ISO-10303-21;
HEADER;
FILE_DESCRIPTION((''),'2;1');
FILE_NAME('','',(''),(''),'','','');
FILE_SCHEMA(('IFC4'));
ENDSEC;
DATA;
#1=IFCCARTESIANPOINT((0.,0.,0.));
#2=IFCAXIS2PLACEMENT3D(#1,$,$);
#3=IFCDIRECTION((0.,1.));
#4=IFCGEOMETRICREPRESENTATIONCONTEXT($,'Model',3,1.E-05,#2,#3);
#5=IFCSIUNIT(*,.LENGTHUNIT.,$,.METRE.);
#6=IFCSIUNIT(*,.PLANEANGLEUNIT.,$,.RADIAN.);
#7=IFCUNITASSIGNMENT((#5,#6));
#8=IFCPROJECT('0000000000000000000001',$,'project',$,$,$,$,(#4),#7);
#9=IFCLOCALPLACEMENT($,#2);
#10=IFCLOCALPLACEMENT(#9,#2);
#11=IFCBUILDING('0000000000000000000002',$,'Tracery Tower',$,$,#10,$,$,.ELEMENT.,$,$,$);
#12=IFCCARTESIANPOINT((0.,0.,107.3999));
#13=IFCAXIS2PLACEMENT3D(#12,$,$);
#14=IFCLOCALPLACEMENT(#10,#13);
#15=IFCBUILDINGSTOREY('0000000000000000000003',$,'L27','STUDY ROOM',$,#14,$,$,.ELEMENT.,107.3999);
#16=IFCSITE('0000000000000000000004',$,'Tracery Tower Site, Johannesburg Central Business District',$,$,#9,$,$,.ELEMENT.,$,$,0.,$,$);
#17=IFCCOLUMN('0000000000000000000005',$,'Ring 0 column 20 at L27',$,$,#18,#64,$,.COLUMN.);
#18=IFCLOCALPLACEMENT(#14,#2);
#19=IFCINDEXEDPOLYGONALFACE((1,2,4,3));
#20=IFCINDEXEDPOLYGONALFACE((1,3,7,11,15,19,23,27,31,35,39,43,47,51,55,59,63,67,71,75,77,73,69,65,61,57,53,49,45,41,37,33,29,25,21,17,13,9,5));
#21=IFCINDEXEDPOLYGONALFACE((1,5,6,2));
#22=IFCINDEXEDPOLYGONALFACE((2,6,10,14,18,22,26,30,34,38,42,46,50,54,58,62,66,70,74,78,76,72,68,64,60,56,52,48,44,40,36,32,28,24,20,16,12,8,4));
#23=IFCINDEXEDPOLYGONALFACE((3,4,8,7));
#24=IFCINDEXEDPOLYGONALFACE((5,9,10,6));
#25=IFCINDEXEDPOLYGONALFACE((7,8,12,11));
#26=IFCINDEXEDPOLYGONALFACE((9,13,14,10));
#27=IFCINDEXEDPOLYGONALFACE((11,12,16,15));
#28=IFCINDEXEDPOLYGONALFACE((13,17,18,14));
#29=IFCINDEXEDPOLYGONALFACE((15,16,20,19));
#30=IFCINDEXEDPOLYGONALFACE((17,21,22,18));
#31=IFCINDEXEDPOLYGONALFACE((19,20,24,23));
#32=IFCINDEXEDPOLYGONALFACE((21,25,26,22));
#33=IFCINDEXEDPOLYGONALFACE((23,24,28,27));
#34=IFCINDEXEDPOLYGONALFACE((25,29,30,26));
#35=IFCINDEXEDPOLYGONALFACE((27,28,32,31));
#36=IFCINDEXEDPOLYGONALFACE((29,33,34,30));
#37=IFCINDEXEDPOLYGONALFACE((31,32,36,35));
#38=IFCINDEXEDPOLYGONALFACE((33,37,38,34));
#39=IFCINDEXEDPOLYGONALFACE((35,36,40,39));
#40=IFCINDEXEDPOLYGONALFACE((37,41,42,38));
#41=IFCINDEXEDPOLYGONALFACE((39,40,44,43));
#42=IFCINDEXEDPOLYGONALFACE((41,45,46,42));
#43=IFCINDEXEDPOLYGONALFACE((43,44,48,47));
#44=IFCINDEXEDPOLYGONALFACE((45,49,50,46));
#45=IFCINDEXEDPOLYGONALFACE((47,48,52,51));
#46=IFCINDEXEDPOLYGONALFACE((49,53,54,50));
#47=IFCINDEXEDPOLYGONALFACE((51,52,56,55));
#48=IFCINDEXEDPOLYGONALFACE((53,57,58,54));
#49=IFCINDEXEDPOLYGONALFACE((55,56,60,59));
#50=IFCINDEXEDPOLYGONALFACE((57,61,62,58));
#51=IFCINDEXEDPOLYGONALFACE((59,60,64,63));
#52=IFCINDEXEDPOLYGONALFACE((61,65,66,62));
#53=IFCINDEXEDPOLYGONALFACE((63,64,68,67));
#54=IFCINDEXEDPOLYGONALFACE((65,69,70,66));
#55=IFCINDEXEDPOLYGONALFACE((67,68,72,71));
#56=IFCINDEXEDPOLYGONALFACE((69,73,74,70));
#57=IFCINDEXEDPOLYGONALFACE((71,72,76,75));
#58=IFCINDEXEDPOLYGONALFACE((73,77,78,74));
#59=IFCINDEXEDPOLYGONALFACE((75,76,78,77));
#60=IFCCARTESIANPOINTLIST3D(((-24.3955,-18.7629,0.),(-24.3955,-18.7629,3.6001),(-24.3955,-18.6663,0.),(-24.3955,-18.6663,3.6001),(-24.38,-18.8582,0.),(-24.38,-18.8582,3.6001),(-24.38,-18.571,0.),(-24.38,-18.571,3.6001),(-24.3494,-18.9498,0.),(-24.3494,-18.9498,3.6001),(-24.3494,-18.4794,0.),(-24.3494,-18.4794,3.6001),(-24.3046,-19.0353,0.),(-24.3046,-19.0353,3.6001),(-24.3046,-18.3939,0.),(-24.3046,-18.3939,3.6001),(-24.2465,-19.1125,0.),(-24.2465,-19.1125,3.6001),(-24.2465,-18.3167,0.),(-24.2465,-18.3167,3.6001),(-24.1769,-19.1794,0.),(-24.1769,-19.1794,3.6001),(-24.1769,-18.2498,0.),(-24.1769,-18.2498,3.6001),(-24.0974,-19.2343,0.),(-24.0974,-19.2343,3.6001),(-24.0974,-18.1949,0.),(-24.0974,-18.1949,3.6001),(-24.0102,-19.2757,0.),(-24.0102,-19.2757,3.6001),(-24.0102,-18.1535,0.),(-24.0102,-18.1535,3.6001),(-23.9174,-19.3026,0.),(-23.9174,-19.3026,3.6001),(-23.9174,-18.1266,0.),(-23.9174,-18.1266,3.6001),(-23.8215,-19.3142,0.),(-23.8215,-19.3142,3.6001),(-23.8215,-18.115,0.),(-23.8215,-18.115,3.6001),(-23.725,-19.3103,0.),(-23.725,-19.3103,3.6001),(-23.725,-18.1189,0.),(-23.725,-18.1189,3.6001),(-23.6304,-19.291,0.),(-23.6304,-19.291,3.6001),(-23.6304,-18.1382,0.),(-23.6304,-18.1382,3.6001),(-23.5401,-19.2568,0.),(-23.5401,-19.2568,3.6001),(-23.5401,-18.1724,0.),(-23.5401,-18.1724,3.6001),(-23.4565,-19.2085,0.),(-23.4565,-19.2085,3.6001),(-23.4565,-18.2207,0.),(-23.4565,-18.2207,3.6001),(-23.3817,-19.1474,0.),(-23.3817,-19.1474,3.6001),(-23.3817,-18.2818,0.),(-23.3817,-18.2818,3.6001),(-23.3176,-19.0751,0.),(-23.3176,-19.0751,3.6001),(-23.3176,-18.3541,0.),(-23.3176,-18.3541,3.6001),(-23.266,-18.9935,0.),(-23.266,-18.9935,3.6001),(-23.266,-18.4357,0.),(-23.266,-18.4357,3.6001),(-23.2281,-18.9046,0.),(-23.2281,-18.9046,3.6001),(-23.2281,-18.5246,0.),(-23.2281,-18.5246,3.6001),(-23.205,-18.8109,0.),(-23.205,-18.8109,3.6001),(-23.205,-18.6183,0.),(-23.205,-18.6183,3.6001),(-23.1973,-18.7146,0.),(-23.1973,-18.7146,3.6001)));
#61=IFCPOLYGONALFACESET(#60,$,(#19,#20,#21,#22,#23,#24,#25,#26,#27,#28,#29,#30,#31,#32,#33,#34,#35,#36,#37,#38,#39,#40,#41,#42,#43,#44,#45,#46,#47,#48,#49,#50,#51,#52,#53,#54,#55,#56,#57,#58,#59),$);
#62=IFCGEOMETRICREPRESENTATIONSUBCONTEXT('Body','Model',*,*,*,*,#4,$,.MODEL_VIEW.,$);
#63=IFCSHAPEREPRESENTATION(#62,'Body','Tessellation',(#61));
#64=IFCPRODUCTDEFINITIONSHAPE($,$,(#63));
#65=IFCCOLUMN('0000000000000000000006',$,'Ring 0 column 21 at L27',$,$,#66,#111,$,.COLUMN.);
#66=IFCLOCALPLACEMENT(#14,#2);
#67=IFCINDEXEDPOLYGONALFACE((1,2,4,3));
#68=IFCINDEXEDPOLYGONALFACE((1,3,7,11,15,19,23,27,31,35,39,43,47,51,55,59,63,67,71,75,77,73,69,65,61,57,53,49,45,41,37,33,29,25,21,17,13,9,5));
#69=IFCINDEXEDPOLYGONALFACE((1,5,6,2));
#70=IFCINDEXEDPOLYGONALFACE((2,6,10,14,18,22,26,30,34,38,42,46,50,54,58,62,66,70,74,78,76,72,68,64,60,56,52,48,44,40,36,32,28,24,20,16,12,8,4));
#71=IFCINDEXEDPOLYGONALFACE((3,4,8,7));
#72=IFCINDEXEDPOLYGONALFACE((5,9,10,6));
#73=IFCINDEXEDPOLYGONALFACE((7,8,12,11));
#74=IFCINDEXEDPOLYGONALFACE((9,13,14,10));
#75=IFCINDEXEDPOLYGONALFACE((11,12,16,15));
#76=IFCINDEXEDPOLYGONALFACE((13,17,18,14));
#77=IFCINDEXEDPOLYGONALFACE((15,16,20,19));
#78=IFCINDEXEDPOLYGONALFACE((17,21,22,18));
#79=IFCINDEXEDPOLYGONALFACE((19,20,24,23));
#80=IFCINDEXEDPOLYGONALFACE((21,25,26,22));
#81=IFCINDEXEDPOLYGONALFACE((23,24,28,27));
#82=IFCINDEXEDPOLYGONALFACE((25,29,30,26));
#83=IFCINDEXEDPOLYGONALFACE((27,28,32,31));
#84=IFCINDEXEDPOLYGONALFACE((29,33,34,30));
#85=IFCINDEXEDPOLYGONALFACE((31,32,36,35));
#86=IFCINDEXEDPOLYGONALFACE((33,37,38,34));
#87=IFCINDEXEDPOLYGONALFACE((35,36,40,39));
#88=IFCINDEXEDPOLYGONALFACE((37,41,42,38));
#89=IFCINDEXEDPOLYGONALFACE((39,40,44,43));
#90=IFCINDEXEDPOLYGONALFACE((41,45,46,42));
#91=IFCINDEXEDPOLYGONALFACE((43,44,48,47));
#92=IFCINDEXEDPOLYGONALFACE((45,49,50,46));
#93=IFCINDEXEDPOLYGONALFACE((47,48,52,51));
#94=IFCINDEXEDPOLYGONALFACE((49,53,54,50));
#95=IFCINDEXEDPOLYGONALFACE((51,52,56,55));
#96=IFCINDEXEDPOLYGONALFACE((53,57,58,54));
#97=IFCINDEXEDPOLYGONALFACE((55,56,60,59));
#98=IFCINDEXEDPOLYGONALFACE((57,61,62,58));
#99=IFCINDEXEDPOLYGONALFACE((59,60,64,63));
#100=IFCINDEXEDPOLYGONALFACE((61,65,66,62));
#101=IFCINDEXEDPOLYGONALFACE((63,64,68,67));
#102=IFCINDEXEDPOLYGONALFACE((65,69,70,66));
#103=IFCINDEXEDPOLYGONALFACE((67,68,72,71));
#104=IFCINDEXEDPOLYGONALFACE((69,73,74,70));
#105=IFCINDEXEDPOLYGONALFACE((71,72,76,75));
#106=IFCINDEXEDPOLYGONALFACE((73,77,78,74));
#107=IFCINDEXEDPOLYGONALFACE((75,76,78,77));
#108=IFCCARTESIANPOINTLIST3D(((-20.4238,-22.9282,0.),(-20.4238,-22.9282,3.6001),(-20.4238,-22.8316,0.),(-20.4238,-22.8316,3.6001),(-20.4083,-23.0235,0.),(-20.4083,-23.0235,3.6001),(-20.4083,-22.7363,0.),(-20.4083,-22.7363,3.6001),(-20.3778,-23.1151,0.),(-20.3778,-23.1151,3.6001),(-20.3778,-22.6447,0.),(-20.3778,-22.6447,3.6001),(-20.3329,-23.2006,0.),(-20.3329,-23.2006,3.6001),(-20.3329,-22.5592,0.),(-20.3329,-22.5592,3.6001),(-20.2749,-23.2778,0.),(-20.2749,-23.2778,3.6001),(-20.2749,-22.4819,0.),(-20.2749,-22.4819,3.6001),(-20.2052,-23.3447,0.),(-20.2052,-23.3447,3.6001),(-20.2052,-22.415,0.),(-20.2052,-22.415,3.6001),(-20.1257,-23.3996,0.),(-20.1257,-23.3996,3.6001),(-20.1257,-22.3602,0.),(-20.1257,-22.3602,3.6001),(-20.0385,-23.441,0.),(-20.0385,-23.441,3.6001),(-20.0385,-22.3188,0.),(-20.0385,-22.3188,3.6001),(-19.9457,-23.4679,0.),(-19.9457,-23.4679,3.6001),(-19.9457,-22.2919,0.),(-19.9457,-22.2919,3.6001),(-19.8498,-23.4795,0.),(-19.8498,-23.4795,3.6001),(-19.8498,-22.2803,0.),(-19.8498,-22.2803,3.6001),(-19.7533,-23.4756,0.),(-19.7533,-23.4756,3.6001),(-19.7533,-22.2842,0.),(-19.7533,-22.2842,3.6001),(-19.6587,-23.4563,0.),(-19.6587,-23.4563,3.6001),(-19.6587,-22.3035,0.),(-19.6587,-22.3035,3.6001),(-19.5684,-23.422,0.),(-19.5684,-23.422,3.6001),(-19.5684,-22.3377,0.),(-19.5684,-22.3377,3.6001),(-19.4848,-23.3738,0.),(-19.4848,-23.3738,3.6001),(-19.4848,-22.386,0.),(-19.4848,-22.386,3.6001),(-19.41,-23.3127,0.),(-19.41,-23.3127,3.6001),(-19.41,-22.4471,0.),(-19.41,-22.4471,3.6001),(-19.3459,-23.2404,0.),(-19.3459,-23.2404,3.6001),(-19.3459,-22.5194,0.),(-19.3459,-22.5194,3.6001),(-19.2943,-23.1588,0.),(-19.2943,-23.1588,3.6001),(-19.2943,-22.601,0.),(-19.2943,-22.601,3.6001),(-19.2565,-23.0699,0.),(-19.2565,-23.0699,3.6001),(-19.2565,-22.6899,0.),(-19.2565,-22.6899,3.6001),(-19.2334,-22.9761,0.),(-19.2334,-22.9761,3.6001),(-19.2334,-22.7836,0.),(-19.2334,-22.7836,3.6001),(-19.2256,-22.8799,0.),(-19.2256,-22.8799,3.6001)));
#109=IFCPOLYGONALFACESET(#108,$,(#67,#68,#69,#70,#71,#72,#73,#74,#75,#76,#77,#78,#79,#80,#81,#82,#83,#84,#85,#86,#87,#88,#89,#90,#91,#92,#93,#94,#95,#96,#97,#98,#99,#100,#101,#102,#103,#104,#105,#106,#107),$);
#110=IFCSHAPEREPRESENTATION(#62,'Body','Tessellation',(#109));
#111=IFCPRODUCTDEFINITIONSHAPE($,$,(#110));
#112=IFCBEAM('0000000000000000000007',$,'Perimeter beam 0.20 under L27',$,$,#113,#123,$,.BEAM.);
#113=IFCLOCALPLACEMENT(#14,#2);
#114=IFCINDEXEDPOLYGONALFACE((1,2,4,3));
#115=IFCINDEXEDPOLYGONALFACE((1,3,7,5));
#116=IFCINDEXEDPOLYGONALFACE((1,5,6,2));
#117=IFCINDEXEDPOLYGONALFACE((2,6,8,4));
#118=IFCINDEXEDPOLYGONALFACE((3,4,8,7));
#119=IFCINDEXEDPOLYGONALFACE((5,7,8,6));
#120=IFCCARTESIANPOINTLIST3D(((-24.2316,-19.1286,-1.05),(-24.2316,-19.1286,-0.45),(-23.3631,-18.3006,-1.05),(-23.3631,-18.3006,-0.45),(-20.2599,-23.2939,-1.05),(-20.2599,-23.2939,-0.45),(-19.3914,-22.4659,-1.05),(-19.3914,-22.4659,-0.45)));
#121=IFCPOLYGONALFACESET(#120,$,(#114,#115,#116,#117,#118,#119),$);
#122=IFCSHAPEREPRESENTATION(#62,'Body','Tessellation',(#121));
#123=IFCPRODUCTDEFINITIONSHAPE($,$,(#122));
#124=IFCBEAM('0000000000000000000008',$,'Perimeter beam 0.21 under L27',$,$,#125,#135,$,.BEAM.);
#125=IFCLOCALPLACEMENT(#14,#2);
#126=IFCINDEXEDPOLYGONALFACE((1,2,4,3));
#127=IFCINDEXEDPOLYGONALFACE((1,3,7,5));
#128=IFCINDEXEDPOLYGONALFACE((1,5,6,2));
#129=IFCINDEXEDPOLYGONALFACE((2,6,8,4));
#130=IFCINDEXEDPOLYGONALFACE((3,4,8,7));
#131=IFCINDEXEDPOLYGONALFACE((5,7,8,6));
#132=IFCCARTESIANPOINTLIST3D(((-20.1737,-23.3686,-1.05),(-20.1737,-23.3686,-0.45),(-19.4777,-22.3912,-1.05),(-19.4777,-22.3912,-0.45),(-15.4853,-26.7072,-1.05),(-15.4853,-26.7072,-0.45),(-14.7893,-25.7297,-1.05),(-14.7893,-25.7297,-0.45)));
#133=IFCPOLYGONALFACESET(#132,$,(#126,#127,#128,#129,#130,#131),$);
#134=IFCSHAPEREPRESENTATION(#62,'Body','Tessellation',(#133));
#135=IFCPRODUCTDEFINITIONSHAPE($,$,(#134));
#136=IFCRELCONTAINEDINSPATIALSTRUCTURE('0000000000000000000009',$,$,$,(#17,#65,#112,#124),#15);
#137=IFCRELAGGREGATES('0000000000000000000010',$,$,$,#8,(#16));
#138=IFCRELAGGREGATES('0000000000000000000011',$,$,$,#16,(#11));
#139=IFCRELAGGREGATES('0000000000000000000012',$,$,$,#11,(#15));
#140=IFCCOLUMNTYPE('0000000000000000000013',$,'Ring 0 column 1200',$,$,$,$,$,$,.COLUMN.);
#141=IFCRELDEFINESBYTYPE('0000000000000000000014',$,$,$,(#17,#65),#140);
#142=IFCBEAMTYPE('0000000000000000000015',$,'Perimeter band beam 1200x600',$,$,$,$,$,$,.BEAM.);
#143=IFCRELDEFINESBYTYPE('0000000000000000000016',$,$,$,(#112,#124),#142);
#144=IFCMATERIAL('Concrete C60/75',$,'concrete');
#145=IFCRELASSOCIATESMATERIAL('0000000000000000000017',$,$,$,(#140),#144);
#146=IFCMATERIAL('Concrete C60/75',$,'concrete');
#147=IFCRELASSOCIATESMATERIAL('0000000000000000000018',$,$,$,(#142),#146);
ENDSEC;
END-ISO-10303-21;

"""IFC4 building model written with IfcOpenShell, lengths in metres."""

from ifc_helpers import new_model, si_unit, direction, frame, origin, origin_2d, place, context, subcontext, project, spatial, rectangle, circle, extrude, material, material_profile, profile_set, type_object, element, save


model = new_model("IFC4")

# Units and contexts
model_context = context("Model", 3, precision=1e-05, world=origin(), true_north=direction((0.0, 1.0)))
body_context = subcontext(model_context, "Body", "Model", "MODEL_VIEW")
ifc_project = project(units=[si_unit("LENGTHUNIT", "METRE"), si_unit("PLANEANGLEUNIT", "RADIAN")], contexts=[model_context])

# Site, building, storey
site_placement = place(None, origin())
site = spatial("IfcSite", under=ifc_project, at=site_placement, Name="Tracery Tower Site, Johannesburg Central Business District", CompositionType="ELEMENT", RefElevation=0.0)
building_placement = place(site_placement, origin())
building = spatial("IfcBuilding", under=site, at=building_placement, Name="Tracery Tower", CompositionType="ELEMENT")
storey_placement = place(building_placement, frame((0.0, 0.0, 107.3999)))
storey = spatial("IfcBuildingStorey", under=building, at=storey_placement, Name="L27", Description="STUDY ROOM", CompositionType="ELEMENT", Elevation=107.3999)

# Columns
ifc_material_1 = material(Name="Concrete C60/75", Category="concrete")
ifc_material_profile_1 = material_profile(ifc_material_1, circle(Radius=0.6001, at=origin_2d()), Name="RC D1200")
ifc_profile_set_1 = profile_set([ifc_material_profile_1], Name="Concrete C60/75")
column_type = type_object("IfcColumnType", Name="Ring 0 column 1200", PredefinedType="COLUMN", material=ifc_profile_set_1)
for number, where, z_axis, x_axis, name in (
    (1, (-23.7974, -18.7146, 0.0), (0.0, 0.0, 1.0), (1.0, 0.0, 0.0), "Ring 0 column 20 at L27"),
    (2, (-19.8257, -22.8799, 0.0), (0.0, 0.0, 1.0), (1.0, 0.0, 0.0), "Ring 0 column 21 at L27"),
):
    element("IfcColumn", number, at=place(storey_placement, frame(where, z_axis=z_axis, x_axis=x_axis)), inside=storey, type_object=column_type, Name=name, PredefinedType="COLUMN", context=body_context, shape_type="SweptSolid", body=[
        extrude(circle(Radius=0.6001, at=origin_2d()), origin(), (0.0, 0.0, 1.0), 3.6001),
    ])

# Beams
ifc_material_2 = material(Name="Concrete C60/75", Category="concrete")
ifc_material_profile_2 = material_profile(ifc_material_2, rectangle(XDim=1.2, YDim=0.6001, at=origin_2d()), Name="RC 1200x600")
ifc_profile_set_2 = profile_set([ifc_material_profile_2], Name="Concrete C60/75")
beam_type = type_object("IfcBeamType", Name="Perimeter band beam 1200x600", PredefinedType="BEAM", material=ifc_profile_set_2)
beam_1_placement = place(storey_placement, frame((-23.7974, -18.7146, -0.75), z_axis=(0.690087, -0.723726, 0.0), x_axis=(0.723726, 0.690087, 0.0)))
element("IfcBeam", 3, at=beam_1_placement, inside=storey, type_object=beam_type, Name="Perimeter beam 0.20 under L27", PredefinedType="BEAM", context=body_context, shape_type="SweptSolid", body=[
    extrude(rectangle(XDim=1.2, YDim=0.6001, at=origin_2d()), origin(), (0.0, 0.0, 1.0), 5.7554),
])
beam_2_placement = place(storey_placement, frame((-19.8257, -22.8799, -0.75), z_axis=(0.814578, -0.580054, 0.0), x_axis=(0.580054, 0.814578, 0.0)))
element("IfcBeam", 4, at=beam_2_placement, inside=storey, type_object=beam_type, Name="Perimeter beam 0.21 under L27", PredefinedType="BEAM", context=body_context, shape_type="SweptSolid", body=[
    extrude(rectangle(XDim=1.2, YDim=0.6001, at=origin_2d()), origin(), (0.0, 0.0, 1.0), 5.7556),
])

save(model, "model.ifc")
